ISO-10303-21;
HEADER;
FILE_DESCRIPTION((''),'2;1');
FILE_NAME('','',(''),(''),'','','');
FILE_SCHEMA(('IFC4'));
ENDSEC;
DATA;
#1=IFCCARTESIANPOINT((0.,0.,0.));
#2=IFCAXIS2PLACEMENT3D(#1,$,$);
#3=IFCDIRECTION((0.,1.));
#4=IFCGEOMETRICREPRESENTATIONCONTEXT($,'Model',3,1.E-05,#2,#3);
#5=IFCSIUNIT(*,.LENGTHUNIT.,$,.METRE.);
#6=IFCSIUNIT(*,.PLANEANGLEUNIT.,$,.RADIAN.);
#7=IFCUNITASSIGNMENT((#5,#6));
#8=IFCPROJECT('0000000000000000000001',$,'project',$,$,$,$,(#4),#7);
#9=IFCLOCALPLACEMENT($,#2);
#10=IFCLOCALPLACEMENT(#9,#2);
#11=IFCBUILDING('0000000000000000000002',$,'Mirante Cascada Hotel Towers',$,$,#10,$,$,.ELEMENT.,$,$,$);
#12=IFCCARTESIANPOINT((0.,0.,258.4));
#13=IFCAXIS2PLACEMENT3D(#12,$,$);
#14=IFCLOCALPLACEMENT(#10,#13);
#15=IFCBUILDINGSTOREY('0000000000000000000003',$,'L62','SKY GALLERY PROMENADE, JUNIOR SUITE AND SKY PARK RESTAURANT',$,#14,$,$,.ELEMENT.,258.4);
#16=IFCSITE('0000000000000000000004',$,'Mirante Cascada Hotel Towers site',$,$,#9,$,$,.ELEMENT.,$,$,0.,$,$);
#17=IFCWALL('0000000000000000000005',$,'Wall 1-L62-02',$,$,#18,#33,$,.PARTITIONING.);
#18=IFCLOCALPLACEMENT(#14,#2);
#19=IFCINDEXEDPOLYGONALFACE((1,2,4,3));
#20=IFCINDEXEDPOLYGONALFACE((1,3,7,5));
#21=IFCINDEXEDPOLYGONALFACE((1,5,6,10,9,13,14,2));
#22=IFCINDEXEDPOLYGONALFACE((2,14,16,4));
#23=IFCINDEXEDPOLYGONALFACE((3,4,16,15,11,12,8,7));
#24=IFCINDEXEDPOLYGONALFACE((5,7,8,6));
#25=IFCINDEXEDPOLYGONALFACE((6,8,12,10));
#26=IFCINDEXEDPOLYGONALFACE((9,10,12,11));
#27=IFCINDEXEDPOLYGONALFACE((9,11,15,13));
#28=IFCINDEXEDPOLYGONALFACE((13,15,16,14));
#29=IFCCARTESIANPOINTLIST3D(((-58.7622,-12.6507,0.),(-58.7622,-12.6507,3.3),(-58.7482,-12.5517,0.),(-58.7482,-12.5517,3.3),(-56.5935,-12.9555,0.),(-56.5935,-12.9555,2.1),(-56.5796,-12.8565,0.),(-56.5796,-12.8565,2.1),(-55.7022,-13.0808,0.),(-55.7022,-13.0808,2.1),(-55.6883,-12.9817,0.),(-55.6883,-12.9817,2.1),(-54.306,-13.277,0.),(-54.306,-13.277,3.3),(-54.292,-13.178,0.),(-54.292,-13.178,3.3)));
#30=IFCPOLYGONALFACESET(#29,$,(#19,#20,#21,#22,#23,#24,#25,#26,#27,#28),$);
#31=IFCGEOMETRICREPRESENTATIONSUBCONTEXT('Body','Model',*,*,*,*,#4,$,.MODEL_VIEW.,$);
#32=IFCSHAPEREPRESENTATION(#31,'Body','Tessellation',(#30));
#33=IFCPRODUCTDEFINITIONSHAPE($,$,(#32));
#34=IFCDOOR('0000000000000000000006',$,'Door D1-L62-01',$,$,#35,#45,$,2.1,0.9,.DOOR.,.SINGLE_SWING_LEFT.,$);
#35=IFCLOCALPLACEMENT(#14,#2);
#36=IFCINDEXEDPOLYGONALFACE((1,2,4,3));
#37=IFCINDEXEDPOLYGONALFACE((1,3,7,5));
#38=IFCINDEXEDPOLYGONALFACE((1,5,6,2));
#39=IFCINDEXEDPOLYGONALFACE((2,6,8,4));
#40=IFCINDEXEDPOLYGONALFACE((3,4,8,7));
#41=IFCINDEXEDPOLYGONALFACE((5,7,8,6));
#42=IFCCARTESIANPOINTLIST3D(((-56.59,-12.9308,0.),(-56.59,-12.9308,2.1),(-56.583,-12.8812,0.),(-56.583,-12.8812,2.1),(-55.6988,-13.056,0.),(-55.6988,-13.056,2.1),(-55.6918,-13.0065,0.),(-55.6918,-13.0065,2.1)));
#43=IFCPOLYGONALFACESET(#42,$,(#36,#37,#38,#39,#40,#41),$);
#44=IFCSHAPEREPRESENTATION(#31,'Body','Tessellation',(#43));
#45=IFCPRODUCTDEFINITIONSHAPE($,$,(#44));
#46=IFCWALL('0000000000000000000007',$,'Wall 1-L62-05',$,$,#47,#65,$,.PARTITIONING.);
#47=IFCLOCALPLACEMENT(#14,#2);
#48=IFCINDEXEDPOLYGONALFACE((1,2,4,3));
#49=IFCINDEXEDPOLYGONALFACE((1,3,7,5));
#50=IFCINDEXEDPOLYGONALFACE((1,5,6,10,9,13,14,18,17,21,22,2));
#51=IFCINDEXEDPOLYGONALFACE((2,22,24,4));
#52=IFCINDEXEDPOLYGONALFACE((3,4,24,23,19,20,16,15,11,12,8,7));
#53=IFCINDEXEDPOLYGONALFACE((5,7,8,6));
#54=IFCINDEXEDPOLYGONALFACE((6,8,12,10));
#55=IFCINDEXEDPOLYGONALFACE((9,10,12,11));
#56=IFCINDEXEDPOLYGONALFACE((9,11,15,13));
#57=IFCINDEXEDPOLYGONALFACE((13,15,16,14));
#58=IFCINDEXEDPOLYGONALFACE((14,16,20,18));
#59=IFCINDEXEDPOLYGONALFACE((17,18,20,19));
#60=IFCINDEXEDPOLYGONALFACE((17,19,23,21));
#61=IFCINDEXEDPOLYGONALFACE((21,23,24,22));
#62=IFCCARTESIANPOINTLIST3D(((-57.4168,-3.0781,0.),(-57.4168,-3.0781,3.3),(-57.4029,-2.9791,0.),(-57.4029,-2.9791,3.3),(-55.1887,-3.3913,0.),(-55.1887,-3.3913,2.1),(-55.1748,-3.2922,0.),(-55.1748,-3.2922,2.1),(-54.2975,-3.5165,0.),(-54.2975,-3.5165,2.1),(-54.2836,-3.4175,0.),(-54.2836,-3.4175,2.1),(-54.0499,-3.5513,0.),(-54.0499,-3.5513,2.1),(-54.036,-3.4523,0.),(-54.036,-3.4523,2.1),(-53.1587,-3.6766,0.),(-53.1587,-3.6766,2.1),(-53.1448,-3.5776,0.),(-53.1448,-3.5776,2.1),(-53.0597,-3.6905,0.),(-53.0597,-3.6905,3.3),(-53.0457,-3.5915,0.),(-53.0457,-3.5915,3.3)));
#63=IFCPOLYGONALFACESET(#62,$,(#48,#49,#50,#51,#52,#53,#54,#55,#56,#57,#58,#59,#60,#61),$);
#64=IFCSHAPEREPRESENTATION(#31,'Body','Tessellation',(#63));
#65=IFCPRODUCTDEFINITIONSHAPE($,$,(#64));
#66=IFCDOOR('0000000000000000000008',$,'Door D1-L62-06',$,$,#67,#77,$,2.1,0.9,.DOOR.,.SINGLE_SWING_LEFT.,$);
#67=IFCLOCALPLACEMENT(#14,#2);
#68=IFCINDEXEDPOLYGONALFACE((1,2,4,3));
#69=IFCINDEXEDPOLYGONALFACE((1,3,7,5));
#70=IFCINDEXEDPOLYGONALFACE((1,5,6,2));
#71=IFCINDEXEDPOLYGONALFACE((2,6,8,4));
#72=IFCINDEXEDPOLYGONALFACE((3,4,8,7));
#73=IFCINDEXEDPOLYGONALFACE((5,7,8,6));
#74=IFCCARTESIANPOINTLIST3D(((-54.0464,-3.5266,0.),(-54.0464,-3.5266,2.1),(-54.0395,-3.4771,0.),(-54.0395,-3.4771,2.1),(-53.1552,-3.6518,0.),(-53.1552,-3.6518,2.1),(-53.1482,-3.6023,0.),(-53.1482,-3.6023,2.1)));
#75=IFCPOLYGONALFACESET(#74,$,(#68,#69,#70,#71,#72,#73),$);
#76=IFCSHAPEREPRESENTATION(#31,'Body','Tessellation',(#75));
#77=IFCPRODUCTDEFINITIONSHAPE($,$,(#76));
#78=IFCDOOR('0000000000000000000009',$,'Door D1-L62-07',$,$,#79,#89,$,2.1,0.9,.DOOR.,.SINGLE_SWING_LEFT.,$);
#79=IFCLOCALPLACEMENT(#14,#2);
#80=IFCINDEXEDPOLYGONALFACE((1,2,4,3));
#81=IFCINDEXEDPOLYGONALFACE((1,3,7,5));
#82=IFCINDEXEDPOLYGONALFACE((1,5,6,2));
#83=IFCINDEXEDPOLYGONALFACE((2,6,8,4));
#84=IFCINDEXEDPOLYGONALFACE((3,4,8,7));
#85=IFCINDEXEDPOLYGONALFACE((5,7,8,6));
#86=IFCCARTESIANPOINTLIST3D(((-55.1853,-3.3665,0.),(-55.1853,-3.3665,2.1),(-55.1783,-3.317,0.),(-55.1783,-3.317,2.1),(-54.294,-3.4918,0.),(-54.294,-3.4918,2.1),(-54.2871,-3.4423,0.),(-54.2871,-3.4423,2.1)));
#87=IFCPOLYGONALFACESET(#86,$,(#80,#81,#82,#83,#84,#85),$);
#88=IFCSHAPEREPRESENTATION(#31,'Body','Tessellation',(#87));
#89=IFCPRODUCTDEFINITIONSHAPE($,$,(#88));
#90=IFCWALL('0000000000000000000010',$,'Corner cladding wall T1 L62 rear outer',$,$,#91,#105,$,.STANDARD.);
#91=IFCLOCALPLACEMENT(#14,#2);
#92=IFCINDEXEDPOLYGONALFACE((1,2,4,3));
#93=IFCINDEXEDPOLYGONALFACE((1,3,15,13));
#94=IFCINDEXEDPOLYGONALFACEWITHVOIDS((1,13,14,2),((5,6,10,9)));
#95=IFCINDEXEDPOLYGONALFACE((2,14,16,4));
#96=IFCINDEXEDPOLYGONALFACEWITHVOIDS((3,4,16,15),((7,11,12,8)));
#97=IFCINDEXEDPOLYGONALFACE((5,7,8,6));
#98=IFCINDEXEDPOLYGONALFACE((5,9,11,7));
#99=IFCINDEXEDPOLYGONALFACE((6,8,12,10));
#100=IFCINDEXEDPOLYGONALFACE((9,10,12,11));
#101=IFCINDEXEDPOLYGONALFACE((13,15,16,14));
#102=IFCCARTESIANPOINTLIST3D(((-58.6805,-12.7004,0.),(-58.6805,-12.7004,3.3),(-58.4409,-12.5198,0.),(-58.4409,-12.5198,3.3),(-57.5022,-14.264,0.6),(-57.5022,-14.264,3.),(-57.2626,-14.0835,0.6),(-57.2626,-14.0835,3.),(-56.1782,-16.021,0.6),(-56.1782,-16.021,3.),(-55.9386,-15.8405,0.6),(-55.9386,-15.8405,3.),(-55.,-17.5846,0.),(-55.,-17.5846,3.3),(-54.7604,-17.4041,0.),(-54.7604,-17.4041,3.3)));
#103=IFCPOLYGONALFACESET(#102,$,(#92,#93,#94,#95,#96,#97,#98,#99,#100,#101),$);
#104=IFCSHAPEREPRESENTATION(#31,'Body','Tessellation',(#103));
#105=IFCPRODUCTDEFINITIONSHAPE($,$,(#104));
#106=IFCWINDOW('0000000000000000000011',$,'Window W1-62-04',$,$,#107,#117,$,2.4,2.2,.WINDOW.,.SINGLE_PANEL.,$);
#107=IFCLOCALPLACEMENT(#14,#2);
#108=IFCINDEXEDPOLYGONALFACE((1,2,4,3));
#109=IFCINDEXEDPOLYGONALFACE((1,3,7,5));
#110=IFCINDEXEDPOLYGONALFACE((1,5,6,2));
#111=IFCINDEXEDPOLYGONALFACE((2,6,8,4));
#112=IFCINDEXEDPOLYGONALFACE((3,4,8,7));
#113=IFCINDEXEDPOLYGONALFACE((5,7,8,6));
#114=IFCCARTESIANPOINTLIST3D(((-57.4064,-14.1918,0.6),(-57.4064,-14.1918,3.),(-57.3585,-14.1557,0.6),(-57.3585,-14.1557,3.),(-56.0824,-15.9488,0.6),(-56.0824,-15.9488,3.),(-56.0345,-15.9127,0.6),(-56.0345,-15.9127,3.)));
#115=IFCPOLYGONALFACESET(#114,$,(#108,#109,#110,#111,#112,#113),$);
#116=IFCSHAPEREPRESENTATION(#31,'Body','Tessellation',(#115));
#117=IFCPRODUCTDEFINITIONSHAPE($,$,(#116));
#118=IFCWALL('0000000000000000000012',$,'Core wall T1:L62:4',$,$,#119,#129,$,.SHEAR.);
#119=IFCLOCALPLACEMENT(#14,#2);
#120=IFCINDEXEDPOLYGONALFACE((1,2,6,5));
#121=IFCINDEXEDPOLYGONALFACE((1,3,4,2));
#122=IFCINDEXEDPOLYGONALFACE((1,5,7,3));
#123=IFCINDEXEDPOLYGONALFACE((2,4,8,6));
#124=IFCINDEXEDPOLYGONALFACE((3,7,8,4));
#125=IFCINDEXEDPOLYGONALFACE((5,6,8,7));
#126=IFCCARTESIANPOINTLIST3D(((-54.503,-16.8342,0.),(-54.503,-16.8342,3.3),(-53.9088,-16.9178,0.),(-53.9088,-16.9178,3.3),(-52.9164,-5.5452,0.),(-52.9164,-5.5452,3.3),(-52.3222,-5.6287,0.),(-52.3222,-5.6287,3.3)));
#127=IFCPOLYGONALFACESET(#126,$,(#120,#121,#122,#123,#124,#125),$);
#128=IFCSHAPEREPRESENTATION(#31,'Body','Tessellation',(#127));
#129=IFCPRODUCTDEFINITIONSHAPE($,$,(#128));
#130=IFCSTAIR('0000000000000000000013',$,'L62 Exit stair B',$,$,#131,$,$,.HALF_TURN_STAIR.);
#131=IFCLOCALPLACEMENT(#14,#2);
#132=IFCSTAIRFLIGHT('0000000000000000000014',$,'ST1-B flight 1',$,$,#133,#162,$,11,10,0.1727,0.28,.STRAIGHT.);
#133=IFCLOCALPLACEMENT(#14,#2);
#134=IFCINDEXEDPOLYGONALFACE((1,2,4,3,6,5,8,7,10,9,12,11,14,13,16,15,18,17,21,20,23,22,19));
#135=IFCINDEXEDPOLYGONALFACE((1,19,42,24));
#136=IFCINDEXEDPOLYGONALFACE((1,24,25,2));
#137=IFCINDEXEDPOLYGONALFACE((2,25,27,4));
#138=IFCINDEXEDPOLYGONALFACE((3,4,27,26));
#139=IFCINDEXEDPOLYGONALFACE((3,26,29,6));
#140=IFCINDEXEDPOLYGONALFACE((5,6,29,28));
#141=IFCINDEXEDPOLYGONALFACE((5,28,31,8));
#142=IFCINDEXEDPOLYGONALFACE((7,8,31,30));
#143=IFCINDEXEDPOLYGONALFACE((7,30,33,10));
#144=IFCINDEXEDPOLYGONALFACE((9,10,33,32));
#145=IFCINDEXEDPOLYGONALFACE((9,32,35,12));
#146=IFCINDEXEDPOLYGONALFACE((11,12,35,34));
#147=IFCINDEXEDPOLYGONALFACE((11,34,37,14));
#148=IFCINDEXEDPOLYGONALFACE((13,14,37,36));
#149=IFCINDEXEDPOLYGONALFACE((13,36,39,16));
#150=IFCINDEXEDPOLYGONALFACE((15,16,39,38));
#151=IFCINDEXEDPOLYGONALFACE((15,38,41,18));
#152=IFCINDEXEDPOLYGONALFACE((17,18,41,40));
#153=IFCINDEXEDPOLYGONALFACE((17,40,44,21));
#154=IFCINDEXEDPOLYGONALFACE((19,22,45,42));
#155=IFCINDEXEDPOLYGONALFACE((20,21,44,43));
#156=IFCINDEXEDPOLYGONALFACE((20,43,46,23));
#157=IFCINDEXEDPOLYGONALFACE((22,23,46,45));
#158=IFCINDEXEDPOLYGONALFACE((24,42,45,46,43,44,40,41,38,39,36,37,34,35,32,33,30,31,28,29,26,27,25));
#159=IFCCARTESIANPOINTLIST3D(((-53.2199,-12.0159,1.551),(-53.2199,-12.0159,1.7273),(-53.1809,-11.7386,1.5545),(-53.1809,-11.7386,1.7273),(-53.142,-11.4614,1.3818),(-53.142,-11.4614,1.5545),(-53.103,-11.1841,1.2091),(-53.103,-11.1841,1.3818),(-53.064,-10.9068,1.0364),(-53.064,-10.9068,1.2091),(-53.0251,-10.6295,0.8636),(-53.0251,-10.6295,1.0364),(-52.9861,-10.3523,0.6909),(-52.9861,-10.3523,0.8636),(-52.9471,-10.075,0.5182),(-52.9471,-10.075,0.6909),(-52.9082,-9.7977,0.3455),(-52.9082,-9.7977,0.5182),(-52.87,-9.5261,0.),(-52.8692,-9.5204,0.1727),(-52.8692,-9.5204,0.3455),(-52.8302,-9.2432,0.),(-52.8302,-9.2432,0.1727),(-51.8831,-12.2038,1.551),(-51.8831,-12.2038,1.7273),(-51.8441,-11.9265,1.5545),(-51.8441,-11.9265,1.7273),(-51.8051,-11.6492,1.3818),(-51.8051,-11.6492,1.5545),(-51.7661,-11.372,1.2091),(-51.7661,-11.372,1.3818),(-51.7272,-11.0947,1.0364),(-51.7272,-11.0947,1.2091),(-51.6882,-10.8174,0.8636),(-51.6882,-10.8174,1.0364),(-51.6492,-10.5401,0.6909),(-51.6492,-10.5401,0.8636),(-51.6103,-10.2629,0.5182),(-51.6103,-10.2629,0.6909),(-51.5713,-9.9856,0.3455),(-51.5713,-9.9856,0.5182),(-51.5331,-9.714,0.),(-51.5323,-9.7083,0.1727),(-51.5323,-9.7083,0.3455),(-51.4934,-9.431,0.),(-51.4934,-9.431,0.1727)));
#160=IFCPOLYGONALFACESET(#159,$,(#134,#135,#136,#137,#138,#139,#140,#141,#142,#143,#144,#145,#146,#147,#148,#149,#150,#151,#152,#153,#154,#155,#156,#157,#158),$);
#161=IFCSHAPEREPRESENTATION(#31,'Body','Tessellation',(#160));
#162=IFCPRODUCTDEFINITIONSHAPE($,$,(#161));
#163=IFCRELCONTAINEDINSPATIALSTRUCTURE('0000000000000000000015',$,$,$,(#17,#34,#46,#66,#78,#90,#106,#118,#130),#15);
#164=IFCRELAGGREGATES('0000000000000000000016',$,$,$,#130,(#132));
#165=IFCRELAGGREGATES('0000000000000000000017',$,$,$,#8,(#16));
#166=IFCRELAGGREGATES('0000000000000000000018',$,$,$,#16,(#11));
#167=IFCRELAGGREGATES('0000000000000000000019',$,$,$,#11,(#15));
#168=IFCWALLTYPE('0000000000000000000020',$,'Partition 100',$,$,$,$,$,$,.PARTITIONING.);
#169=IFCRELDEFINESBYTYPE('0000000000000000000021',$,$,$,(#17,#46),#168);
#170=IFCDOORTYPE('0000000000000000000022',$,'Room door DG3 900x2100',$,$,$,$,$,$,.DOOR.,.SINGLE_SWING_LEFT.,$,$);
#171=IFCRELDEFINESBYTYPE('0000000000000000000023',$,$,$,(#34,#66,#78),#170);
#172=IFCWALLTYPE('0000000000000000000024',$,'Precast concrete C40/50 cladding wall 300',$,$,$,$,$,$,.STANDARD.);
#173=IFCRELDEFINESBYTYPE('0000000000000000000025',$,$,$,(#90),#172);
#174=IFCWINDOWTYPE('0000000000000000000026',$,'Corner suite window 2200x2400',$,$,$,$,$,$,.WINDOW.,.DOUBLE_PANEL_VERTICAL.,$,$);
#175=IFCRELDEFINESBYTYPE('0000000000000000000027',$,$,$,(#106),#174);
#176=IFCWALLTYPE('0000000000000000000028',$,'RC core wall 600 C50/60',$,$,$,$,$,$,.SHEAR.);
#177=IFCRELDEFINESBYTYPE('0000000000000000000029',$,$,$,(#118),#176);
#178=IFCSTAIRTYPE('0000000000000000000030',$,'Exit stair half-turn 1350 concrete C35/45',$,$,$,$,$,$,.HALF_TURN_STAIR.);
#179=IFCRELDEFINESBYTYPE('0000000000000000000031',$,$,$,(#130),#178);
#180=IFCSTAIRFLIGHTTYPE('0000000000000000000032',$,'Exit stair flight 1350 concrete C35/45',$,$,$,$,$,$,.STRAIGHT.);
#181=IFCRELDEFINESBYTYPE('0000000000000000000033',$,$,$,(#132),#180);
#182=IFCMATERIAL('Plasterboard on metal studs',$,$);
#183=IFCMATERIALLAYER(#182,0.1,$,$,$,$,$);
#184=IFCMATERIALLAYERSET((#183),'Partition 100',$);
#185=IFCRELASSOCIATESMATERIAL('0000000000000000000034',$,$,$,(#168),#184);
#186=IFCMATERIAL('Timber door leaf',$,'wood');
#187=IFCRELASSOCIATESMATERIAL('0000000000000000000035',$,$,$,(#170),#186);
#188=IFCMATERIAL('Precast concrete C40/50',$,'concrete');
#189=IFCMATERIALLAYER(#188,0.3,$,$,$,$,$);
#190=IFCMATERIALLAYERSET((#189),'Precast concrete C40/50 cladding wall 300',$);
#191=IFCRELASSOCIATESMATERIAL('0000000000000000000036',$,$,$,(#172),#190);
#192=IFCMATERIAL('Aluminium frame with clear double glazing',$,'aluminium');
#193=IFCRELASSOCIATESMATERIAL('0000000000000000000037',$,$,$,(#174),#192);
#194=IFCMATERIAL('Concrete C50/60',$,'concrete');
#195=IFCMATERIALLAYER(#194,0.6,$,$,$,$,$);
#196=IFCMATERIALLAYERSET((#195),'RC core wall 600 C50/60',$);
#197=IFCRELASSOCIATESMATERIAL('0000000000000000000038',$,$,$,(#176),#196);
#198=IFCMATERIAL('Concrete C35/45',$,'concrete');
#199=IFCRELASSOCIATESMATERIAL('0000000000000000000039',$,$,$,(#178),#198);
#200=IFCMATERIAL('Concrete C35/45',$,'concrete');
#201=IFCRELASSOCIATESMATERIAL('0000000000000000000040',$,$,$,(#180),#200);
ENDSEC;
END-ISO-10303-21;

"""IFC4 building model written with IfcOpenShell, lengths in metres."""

from ifc_helpers import new_model, si_unit, direction, frame, frame_2d, origin, place, context, subcontext, project, spatial, polyline, rectangle, outline, extrude, material, layer, layer_set, type_object, element, fill, aggregate, save


model = new_model("IFC4")

# Units and contexts
model_context = context("Model", 3, precision=1e-05, world=origin(), true_north=direction((0.0, 1.0)))
body_context = subcontext(model_context, "Body", "Model", "MODEL_VIEW")
ifc_project = project(units=[si_unit("LENGTHUNIT", "METRE"), si_unit("PLANEANGLEUNIT", "RADIAN")], contexts=[model_context])

# Site, building, storey
site_placement = place(None, origin())
site = spatial("IfcSite", under=ifc_project, at=site_placement, Name="Mirante Cascada Hotel Towers site", CompositionType="ELEMENT", RefElevation=0.0)
building_placement = place(site_placement, origin())
building = spatial("IfcBuilding", under=site, at=building_placement, Name="Mirante Cascada Hotel Towers", CompositionType="ELEMENT")
storey_placement = place(building_placement, frame((0.0, 0.0, 258.4)))
storey = spatial("IfcBuildingStorey", under=building, at=storey_placement, Name="L62", Description="SKY GALLERY PROMENADE, JUNIOR SUITE AND SKY PARK RESTAURANT", CompositionType="ELEMENT", Elevation=258.4)

# Wall, opening, door
ifc_material_1 = material(Name="Plasterboard on metal studs")
ifc_layer_1 = layer(ifc_material_1, 0.1)
ifc_layer_set_1 = layer_set([ifc_layer_1], Name="Partition 100")
wall_type_1 = type_object("IfcWallType", Name="Partition 100", PredefinedType="PARTITIONING", material=ifc_layer_set_1)
wall_1_placement = place(storey_placement, frame((-58.7552, -12.6012, 0.0), z_axis=(0.0, 0.0, 1.0), x_axis=(0.990267, -0.139178, 0.0)))
wall_1 = element("IfcWall", 1, at=wall_1_placement, inside=storey, type_object=wall_type_1, Name="Wall 1-L62-02", PredefinedType="PARTITIONING", context=body_context, shape_type="SweptSolid", body=[
    extrude(rectangle(XDim=4.5, YDim=0.1, at=frame_2d((2.25, 0.0))), origin(), (0.0, 0.0, 1.0), 3.3),
])
opening_1_placement = place(wall_1_placement, frame((2.19, 0.0, 0.0)))
opening_1 = element("IfcOpeningElement", 2, at=opening_1_placement, cuts=wall_1, PredefinedType="OPENING", context=body_context, shape_type="SweptSolid", body=[
    extrude(rectangle(XDim=0.9, YDim=2.1, at=frame_2d((0.45, 1.05))), frame((0.0, 0.05, 0.0), z_axis=(0.0, -1.0, 0.0), x_axis=(1.0, 0.0, 0.0)), (0.0, 0.0, 1.0), 0.1),
])
ifc_material_2 = material(Name="Timber door leaf", Category="wood")
door_type_1 = type_object("IfcDoorType", Name="Room door DG3 900x2100", OperationType="SINGLE_SWING_LEFT", PredefinedType="DOOR", material=ifc_material_2)
door_1_placement = place(opening_1_placement, origin())
door_1 = element("IfcDoor", 3, at=door_1_placement, inside=storey, type_object=door_type_1, Name="Door D1-L62-01", OperationType="SINGLE_SWING_LEFT", OverallHeight=2.1, OverallWidth=0.9, PredefinedType="DOOR", context=body_context, shape_type="SweptSolid", body=[
    extrude(rectangle(XDim=0.9, YDim=2.1, at=frame_2d((0.45, 1.05))), frame((0.0, 0.025, 0.0), z_axis=(0.0, -1.0, 0.0), x_axis=(1.0, 0.0, 0.0)), (0.0, 0.0, 1.0), 0.05),
])
fill(opening_1, door_1)

# Wall, openings, doors
wall_2_placement = place(storey_placement, frame((-53.0527, -3.641, 0.0), z_axis=(0.0, 0.0, 1.0), x_axis=(-0.990267, 0.139181, 0.0)))
wall_2 = element("IfcWall", 4, at=wall_2_placement, inside=storey, type_object=wall_type_1, Name="Wall 1-L62-05", PredefinedType="PARTITIONING", context=body_context, shape_type="SweptSolid", body=[
    extrude(rectangle(XDim=4.4, YDim=0.1, at=frame_2d((2.2, 0.0))), origin(), (0.0, 0.0, 1.0), 3.3),
])
opening_2_placement = place(wall_2_placement, frame((0.1, 0.0, 0.0)))
opening_2 = element("IfcOpeningElement", 5, at=opening_2_placement, cuts=wall_2, PredefinedType="OPENING", context=body_context, shape_type="SweptSolid", body=[
    extrude(rectangle(XDim=0.9, YDim=2.1, at=frame_2d((0.45, 1.05))), frame((0.0, 0.05, 0.0), z_axis=(0.0, -1.0, 0.0), x_axis=(1.0, 0.0, 0.0)), (0.0, 0.0, 1.0), 0.1),
])
opening_3_placement = place(wall_2_placement, frame((1.25, 0.0, 0.0)))
opening_3 = element("IfcOpeningElement", 6, at=opening_3_placement, cuts=wall_2, PredefinedType="OPENING", context=body_context, shape_type="SweptSolid", body=[
    extrude(rectangle(XDim=0.9, YDim=2.1, at=frame_2d((0.45, 1.05))), frame((0.0, 0.05, 0.0), z_axis=(0.0, -1.0, 0.0), x_axis=(1.0, 0.0, 0.0)), (0.0, 0.0, 1.0), 0.1),
])
door_2_placement = place(opening_2_placement, origin())
door_2 = element("IfcDoor", 7, at=door_2_placement, inside=storey, type_object=door_type_1, Name="Door D1-L62-06", OperationType="SINGLE_SWING_LEFT", OverallHeight=2.1, OverallWidth=0.9, PredefinedType="DOOR", context=body_context, shape_type="SweptSolid", body=[
    extrude(rectangle(XDim=0.9, YDim=2.1, at=frame_2d((0.45, 1.05))), frame((0.0, 0.025, 0.0), z_axis=(0.0, -1.0, 0.0), x_axis=(1.0, 0.0, 0.0)), (0.0, 0.0, 1.0), 0.05),
])
fill(opening_2, door_2)
door_3_placement = place(opening_3_placement, origin())
door_3 = element("IfcDoor", 8, at=door_3_placement, inside=storey, type_object=door_type_1, Name="Door D1-L62-07", OperationType="SINGLE_SWING_LEFT", OverallHeight=2.1, OverallWidth=0.9, PredefinedType="DOOR", context=body_context, shape_type="SweptSolid", body=[
    extrude(rectangle(XDim=0.9, YDim=2.1, at=frame_2d((0.45, 1.05))), frame((0.0, 0.025, 0.0), z_axis=(0.0, -1.0, 0.0), x_axis=(1.0, 0.0, 0.0)), (0.0, 0.0, 1.0), 0.05),
])
fill(opening_3, door_3)

# Wall, opening, window
ifc_material_3 = material(Name="Precast concrete C40/50", Category="concrete")
ifc_layer_2 = layer(ifc_material_3, 0.3)
ifc_layer_set_2 = layer_set([ifc_layer_2], Name="Precast concrete C40/50 cladding wall 300")
wall_type_2 = type_object("IfcWallType", Name="Precast concrete C40/50 cladding wall 300", PredefinedType="STANDARD", material=ifc_layer_set_2)
wall_3_placement = place(storey_placement, frame((-54.8802, -17.4943, 0.0), z_axis=(0.0, 0.0, 1.0), x_axis=(-0.601814, 0.798636, 0.0)))
wall_3 = element("IfcWall", 9, at=wall_3_placement, inside=storey, type_object=wall_type_2, Name="Corner cladding wall T1 L62 rear outer", PredefinedType="STANDARD", context=body_context, shape_type="SweptSolid", body=[
    extrude(rectangle(XDim=6.1157, YDim=0.3, at=frame_2d((3.0578, 0.0))), origin(), (0.0, 0.0, 1.0), 3.3),
])
opening_4_placement = place(wall_3_placement, frame((1.9578, 0.0, 0.6)))
opening_4 = element("IfcOpeningElement", 10, at=opening_4_placement, cuts=wall_3, PredefinedType="OPENING", context=body_context, shape_type="SweptSolid", body=[
    extrude(rectangle(XDim=2.2, YDim=2.4, at=frame_2d((1.1, 1.2))), frame((0.0, 0.15, 0.0), z_axis=(0.0, -1.0, 0.0), x_axis=(1.0, 0.0, 0.0)), (0.0, 0.0, 1.0), 0.3),
])
ifc_material_4 = material(Name="Aluminium frame with clear double glazing", Category="aluminium")
window_type = type_object("IfcWindowType", Name="Corner suite window 2200x2400", PartitioningType="DOUBLE_PANEL_VERTICAL", PredefinedType="WINDOW", material=ifc_material_4)
window_placement = place(opening_4_placement, origin())
window = element("IfcWindow", 11, at=window_placement, inside=storey, type_object=window_type, Name="Window W1-62-04", OverallHeight=2.4, OverallWidth=2.2, PartitioningType="SINGLE_PANEL", PredefinedType="WINDOW", context=body_context, shape_type="SweptSolid", body=[
    extrude(rectangle(XDim=2.2, YDim=2.4, at=frame_2d((1.1, 1.2))), frame((0.0, 0.03, 0.0), z_axis=(0.0, -1.0, 0.0), x_axis=(1.0, 0.0, 0.0)), (0.0, 0.0, 1.0), 0.06),
])
fill(opening_4, window)

# Wall
ifc_material_5 = material(Name="Concrete C50/60", Category="concrete")
ifc_layer_3 = layer(ifc_material_5, 0.6)
ifc_layer_set_3 = layer_set([ifc_layer_3], Name="RC core wall 600 C50/60")
wall_type_3 = type_object("IfcWallType", Name="RC core wall 600 C50/60", PredefinedType="SHEAR", material=ifc_layer_set_3)
wall_4_placement = place(storey_placement, frame((-54.2059, -16.876, 0.0), z_axis=(0.0, 0.0, 1.0), x_axis=(0.139175, 0.990268, 0.0)))
element("IfcWall", 12, at=wall_4_placement, inside=storey, type_object=wall_type_3, Name="Core wall T1:L62:4", PredefinedType="SHEAR", context=body_context, shape_type="SweptSolid", body=[
    extrude(rectangle(XDim=11.4, YDim=0.6, at=frame_2d((5.7, 0.0))), origin(), (0.0, 0.0, 1.0), 3.3),
])

# Stair, stair flight
ifc_material_6 = material(Name="Concrete C35/45", Category="concrete")
stair_type = type_object("IfcStairType", Name="Exit stair half-turn 1350 concrete C35/45", PredefinedType="HALF_TURN_STAIR", material=ifc_material_6)
stair_placement = place(storey_placement, origin())
stair = element("IfcStair", 13, at=stair_placement, inside=storey, type_object=stair_type, Name="L62 Exit stair B", PredefinedType="HALF_TURN_STAIR")
ifc_material_7 = material(Name="Concrete C35/45", Category="concrete")
stair_flight_type = type_object("IfcStairFlightType", Name="Exit stair flight 1350 concrete C35/45", PredefinedType="STRAIGHT", material=ifc_material_7)
stair_flight_placement = place(storey_placement, frame((-52.1618, -9.3371, 0.0), z_axis=(0.0, 0.0, 1.0), x_axis=(-0.139173, -0.990268, 0.0)))
stair_flight = element("IfcStairFlight", 14, at=stair_flight_placement, type_object=stair_flight_type, Name="ST1-B flight 1", NumberOfRisers=11, NumberOfTreads=10, PredefinedType="STRAIGHT", RiserHeight=0.1727, TreadLength=0.28, context=body_context, shape_type="SweptSolid", body=[
    extrude(outline(polyline([(0.0, 0.0), (0.0, 0.1727), (0.28, 0.1727), (0.28, 0.3455), (0.56, 0.3455), (0.56, 0.5182), (0.84, 0.5182), (0.84, 0.6909), (1.12, 0.6909), (1.12, 0.8636), (1.4, 0.8636), (1.4, 1.0364), (1.68, 1.0364), (1.68, 1.2091), (1.96, 1.2091), (1.96, 1.3818), (2.24, 1.3818), (2.24, 1.5545), (2.52, 1.5545), (2.52, 1.7273), (2.8, 1.7273), (2.8, 1.9), (2.8, 1.551), (0.2857, 0.0), (0.0, 0.0)])), frame((0.0, 0.675, 0.0), z_axis=(0.0, -1.0, 0.0), x_axis=(1.0, 0.0, 0.0)), (0.0, 0.0, 1.0), 1.35),
])
aggregate(stair, [stair_flight])

save(model, "model.ifc")
